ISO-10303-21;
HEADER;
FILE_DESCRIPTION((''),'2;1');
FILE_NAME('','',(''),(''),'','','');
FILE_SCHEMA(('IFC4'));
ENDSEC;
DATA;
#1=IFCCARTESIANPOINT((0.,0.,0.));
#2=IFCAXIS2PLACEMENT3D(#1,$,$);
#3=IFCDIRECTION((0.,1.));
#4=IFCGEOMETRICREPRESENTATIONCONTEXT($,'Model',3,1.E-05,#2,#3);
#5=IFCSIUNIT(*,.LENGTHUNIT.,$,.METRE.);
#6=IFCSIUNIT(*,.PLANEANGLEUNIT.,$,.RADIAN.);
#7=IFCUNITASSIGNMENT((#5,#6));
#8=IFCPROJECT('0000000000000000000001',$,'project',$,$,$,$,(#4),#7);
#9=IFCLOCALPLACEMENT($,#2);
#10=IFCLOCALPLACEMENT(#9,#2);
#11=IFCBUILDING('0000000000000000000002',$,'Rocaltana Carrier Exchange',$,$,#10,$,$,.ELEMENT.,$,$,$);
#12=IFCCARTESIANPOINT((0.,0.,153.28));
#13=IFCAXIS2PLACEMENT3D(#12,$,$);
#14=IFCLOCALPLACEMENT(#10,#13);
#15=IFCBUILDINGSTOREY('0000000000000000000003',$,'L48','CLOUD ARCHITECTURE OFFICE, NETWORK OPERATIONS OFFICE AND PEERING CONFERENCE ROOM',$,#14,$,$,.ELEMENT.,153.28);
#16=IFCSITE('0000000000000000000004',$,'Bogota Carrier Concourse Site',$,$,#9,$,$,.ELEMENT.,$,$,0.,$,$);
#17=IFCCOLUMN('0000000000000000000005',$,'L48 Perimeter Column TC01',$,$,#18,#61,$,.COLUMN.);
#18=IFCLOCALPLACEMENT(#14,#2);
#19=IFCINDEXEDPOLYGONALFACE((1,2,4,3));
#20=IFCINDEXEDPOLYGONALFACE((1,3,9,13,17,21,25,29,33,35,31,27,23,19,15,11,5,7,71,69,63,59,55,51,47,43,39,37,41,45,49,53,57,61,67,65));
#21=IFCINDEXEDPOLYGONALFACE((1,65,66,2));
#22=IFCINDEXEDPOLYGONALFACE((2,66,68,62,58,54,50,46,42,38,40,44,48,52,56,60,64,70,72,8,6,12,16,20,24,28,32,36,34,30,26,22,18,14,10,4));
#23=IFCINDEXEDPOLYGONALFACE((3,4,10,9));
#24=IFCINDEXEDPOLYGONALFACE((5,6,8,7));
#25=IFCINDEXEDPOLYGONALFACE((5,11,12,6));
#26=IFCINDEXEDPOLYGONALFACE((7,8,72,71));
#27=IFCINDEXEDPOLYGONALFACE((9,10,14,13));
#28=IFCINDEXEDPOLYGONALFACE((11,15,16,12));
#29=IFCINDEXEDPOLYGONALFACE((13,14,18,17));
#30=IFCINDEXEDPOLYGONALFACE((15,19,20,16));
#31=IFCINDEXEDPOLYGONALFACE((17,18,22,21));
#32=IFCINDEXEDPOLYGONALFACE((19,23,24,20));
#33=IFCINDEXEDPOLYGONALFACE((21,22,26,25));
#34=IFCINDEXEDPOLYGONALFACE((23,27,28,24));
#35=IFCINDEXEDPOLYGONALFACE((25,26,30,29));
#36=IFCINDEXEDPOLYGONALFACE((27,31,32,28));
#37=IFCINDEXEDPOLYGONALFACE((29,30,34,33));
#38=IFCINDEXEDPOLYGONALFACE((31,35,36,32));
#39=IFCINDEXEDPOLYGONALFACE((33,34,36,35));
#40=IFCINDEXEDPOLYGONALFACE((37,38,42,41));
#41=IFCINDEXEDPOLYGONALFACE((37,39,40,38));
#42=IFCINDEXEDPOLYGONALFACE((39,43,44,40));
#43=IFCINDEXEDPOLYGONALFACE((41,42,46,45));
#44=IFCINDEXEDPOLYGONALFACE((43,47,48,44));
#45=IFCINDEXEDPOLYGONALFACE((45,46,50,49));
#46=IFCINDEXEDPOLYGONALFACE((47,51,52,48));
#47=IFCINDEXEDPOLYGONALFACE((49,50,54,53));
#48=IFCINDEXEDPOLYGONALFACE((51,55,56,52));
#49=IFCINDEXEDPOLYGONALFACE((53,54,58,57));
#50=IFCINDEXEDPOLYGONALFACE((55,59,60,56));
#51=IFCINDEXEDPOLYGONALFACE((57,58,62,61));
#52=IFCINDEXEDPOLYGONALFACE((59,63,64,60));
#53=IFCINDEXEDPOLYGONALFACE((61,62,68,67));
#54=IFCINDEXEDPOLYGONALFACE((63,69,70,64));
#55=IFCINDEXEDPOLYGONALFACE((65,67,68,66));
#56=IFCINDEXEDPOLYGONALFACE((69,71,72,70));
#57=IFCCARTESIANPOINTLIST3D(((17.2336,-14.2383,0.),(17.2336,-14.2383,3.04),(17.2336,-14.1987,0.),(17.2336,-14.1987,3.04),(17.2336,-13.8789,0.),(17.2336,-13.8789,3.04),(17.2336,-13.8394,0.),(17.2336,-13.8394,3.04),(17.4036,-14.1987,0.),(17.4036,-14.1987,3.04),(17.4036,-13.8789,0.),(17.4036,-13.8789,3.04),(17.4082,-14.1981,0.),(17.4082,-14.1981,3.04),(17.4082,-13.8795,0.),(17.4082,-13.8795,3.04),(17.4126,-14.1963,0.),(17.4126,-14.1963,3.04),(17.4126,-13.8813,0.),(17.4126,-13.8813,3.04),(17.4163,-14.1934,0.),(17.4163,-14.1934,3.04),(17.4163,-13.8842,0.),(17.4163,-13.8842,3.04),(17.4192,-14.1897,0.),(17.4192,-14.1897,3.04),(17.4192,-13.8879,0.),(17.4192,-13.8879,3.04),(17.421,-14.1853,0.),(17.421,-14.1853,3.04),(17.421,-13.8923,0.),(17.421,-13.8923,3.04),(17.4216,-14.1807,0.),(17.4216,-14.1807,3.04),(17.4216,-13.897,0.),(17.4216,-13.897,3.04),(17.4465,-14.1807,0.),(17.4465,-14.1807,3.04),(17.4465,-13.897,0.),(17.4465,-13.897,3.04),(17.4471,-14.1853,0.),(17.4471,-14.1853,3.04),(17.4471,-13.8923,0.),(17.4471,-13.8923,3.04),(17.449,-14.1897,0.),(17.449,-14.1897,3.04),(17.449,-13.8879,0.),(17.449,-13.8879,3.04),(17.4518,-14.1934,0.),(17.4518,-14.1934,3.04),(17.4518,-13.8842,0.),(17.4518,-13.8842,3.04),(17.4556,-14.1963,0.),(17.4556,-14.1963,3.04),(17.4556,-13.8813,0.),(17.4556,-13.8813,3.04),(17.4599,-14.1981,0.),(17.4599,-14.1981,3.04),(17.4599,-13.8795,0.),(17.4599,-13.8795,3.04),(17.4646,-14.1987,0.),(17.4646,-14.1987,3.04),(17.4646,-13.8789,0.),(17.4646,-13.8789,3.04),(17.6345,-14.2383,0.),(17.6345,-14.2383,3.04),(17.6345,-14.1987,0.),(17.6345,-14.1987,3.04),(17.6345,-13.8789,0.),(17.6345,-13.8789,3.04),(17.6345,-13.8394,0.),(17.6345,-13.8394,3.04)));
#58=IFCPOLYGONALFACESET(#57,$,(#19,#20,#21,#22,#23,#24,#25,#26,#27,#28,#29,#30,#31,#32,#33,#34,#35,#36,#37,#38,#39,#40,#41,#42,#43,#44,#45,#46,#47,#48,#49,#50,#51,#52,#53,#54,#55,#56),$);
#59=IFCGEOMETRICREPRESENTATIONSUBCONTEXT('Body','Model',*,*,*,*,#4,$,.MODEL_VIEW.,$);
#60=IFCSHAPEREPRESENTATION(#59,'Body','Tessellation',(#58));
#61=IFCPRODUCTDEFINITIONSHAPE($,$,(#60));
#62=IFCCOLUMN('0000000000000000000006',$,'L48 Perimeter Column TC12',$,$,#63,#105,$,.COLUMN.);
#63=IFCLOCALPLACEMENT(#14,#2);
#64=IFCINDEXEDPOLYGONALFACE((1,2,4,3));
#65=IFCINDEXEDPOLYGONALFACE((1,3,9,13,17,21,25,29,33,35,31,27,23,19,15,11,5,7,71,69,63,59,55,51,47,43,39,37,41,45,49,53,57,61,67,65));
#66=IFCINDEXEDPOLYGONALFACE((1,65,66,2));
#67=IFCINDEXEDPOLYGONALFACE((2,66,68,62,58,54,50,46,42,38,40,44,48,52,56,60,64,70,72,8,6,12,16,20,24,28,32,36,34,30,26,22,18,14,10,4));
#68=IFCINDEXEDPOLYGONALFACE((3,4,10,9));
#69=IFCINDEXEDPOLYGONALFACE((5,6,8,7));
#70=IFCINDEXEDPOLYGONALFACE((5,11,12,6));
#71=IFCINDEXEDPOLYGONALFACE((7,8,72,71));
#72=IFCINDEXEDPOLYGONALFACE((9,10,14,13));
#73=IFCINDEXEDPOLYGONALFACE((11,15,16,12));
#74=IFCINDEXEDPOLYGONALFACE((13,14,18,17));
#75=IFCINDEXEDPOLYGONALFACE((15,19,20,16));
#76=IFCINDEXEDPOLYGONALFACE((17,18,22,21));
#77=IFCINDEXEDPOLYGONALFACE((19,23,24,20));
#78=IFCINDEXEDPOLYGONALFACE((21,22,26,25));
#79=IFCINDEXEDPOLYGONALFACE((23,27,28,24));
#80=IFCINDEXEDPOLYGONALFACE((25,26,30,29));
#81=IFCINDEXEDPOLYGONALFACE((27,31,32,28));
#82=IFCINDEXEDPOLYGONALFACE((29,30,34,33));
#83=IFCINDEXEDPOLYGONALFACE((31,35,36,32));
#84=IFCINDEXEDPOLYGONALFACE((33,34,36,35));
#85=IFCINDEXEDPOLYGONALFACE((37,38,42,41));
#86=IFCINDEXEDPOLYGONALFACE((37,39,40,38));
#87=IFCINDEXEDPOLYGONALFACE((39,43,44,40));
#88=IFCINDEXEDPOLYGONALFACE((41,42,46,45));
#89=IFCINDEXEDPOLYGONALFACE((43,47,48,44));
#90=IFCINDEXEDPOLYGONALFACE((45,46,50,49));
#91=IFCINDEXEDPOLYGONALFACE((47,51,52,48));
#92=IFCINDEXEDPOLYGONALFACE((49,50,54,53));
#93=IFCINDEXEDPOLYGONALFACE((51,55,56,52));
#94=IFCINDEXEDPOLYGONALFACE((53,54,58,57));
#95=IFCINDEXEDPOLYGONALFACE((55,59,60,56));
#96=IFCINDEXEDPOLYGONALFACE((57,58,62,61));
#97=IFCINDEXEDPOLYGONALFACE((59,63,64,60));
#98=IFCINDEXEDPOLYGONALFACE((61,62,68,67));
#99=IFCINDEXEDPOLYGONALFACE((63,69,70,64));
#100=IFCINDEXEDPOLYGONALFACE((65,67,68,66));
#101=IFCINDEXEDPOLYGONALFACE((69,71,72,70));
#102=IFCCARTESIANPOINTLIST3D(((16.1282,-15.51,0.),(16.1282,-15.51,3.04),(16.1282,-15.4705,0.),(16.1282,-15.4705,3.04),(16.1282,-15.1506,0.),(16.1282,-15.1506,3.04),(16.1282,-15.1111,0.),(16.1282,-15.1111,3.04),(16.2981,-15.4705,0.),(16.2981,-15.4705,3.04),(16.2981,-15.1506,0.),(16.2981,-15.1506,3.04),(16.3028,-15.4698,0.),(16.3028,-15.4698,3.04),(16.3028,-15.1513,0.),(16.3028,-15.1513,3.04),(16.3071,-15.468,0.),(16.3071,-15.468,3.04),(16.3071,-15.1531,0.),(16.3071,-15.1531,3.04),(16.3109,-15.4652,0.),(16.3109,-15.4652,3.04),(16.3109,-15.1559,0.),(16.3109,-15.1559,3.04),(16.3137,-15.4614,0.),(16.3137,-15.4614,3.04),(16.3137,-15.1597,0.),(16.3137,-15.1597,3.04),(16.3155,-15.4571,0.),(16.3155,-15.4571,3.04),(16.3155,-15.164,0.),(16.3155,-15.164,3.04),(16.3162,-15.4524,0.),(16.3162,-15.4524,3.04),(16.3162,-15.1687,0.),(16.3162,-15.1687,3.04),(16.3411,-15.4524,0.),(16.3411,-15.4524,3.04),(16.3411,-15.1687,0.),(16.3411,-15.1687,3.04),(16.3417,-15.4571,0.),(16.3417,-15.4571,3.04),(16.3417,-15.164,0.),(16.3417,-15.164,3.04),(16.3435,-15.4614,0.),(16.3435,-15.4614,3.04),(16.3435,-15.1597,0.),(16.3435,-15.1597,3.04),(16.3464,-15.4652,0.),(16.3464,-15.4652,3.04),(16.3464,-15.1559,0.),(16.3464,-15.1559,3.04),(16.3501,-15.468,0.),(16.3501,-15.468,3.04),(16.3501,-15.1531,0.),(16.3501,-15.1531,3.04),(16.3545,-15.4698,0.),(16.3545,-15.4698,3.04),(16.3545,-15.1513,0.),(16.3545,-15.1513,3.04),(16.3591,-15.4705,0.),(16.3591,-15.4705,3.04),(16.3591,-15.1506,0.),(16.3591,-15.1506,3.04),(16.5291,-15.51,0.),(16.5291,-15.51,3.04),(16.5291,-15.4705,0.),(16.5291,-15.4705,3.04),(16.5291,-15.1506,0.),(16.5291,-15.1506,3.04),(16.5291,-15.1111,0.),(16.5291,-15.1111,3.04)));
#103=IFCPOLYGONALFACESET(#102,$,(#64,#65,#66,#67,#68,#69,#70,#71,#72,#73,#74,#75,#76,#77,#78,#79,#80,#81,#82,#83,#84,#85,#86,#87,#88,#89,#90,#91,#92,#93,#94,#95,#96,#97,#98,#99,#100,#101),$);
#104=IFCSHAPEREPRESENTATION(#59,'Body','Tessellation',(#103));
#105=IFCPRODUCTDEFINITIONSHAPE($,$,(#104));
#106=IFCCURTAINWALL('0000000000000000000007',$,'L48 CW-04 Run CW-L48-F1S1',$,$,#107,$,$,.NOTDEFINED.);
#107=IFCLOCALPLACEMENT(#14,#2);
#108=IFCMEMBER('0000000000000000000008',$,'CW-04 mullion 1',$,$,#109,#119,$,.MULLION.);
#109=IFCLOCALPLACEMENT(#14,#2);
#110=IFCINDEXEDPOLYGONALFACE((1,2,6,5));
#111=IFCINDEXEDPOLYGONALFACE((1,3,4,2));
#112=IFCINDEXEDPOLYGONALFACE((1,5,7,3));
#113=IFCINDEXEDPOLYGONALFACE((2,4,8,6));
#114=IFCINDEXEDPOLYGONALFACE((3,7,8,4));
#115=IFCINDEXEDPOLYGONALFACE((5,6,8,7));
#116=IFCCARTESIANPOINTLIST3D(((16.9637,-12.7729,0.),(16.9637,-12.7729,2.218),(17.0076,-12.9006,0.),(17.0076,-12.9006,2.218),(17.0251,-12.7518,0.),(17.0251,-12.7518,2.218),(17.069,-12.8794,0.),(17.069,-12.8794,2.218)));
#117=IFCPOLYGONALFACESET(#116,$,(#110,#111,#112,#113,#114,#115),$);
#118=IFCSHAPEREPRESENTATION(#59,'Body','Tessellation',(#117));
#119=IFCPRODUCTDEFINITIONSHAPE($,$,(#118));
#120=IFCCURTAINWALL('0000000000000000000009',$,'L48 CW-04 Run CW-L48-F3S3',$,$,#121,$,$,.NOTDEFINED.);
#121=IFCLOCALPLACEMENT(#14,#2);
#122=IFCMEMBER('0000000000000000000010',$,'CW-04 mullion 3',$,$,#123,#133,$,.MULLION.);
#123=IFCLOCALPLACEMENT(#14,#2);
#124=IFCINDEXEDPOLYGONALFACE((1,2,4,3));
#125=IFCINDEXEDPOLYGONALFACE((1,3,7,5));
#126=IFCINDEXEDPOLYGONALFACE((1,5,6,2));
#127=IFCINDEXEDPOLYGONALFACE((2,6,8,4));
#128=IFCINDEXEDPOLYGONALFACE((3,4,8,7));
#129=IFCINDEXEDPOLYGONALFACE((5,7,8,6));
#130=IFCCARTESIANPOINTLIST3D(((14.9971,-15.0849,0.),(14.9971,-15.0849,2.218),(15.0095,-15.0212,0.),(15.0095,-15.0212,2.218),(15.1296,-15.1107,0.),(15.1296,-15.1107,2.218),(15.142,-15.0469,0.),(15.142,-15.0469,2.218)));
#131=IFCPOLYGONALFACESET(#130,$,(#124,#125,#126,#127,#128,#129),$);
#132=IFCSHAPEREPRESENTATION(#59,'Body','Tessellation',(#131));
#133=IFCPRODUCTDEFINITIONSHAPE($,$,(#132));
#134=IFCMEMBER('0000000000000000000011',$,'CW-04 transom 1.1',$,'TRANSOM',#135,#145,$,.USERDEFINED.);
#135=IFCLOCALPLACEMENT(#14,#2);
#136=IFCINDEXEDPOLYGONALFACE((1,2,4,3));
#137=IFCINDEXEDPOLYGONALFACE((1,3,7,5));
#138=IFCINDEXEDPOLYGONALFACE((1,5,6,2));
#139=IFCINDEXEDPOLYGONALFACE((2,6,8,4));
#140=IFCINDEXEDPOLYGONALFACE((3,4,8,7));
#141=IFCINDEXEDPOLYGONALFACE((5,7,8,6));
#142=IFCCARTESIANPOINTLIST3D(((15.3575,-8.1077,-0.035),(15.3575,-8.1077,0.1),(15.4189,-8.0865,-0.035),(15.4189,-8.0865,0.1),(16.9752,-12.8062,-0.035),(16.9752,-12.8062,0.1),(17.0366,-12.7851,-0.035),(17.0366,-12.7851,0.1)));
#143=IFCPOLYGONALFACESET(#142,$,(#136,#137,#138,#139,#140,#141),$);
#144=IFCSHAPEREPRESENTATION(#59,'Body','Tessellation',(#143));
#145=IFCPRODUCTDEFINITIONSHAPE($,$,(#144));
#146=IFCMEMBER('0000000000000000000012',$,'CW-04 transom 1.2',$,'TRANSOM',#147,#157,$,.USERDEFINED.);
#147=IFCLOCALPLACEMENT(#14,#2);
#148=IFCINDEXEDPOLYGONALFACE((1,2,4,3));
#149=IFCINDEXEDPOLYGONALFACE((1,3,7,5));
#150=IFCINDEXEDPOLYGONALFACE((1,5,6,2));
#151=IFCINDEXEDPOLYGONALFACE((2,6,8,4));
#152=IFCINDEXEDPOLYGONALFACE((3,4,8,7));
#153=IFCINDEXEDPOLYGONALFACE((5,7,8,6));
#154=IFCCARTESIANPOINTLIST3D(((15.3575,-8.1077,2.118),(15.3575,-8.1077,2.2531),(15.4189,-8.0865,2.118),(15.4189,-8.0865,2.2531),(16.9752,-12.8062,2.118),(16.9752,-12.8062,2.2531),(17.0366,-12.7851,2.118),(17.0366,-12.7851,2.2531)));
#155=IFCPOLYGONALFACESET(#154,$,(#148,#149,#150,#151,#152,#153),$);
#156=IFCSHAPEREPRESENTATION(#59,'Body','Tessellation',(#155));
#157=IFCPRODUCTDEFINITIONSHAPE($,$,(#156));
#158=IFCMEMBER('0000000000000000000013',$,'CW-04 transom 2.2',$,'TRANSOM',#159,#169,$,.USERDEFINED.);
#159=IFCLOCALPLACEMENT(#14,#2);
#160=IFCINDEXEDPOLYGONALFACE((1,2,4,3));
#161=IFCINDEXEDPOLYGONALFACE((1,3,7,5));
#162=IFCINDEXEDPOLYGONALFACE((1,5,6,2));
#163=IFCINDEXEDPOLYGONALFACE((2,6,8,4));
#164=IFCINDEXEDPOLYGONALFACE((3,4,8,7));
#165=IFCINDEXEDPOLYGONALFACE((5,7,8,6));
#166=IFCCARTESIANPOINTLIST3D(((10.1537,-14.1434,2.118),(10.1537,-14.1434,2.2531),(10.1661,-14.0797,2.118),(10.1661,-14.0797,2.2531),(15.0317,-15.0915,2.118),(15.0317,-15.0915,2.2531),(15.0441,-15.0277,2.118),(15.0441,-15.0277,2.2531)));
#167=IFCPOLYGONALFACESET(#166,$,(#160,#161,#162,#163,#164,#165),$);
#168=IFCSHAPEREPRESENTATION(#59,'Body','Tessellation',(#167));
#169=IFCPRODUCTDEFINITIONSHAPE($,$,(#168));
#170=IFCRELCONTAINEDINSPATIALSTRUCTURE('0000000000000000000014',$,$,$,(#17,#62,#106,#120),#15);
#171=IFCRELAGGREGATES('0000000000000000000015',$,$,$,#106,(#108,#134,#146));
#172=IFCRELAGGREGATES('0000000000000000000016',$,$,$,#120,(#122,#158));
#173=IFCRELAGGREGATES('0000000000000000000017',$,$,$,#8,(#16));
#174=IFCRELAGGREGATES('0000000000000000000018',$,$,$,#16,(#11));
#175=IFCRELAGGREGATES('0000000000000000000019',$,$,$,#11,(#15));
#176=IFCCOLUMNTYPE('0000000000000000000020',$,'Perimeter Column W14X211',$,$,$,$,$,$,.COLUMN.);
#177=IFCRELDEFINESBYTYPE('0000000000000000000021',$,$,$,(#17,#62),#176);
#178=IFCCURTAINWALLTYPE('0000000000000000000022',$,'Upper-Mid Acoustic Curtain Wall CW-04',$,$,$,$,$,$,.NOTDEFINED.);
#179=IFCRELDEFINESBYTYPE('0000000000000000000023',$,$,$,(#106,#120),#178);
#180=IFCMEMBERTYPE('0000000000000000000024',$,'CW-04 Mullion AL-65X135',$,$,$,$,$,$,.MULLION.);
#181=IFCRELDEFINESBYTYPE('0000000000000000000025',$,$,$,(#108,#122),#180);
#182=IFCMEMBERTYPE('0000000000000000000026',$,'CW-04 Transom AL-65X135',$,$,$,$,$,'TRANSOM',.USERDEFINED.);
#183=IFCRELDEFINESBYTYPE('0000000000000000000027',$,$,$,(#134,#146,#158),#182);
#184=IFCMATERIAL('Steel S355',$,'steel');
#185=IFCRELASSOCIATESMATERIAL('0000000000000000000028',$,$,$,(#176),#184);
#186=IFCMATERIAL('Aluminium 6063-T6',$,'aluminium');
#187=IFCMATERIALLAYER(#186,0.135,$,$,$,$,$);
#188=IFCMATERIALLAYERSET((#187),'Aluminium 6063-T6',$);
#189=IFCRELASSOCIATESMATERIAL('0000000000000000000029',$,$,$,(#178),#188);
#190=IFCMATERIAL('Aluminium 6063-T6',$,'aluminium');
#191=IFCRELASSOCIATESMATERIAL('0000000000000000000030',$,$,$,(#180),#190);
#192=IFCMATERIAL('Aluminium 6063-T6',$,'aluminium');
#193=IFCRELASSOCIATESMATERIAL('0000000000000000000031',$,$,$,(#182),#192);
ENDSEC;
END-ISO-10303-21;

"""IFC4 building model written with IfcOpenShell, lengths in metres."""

from ifc_helpers import new_model, si_unit, direction, frame, origin, origin_2d, place, context, subcontext, project, spatial, rectangle, i_section, extrude, material, layer, layer_set, material_profile, profile_set, type_object, element, aggregate, save


model = new_model("IFC4")

# Units and contexts
model_context = context("Model", 3, precision=1e-05, world=origin(), true_north=direction((0.0, 1.0)))
body_context = subcontext(model_context, "Body", "Model", "MODEL_VIEW")
ifc_project = project(units=[si_unit("LENGTHUNIT", "METRE"), si_unit("PLANEANGLEUNIT", "RADIAN")], contexts=[model_context])

# Site, building, storey
site_placement = place(None, origin())
site = spatial("IfcSite", under=ifc_project, at=site_placement, Name="Bogota Carrier Concourse Site", CompositionType="ELEMENT", RefElevation=0.0)
building_placement = place(site_placement, origin())
building = spatial("IfcBuilding", under=site, at=building_placement, Name="Rocaltana Carrier Exchange", CompositionType="ELEMENT")
storey_placement = place(building_placement, frame((0.0, 0.0, 153.28)))
storey = spatial("IfcBuildingStorey", under=building, at=storey_placement, Name="L48", Description="CLOUD ARCHITECTURE OFFICE, NETWORK OPERATIONS OFFICE AND PEERING CONFERENCE ROOM", CompositionType="ELEMENT", Elevation=153.28)

# Columns
ifc_material_1 = material(Name="Steel S355", Category="steel")
ifc_material_profile_1 = material_profile(ifc_material_1, i_section(OverallWidth=0.4009, OverallDepth=0.3989, WebThickness=0.0249, FlangeThickness=0.0396, FilletRadius=0.0181, at=origin_2d()), Name="W14X211")
ifc_profile_set_1 = profile_set([ifc_material_profile_1], Name="Steel S355")
column_type = type_object("IfcColumnType", Name="Perimeter Column W14X211", PredefinedType="COLUMN", material=ifc_profile_set_1)
for number, where, z_axis, x_axis, name in (
    (1, (17.4341, -14.0388, 0.0), (0.0, 0.0, 1.0), (1.0, 0.0, 0.0), "L48 Perimeter Column TC01"),
    (2, (16.3286, -15.3105, 0.0), (0.0, 0.0, 1.0), (1.0, 0.0, 0.0), "L48 Perimeter Column TC12"),
):
    element("IfcColumn", number, at=place(storey_placement, frame(where, z_axis=z_axis, x_axis=x_axis)), inside=storey, type_object=column_type, Name=name, PredefinedType="COLUMN", context=body_context, shape_type="SweptSolid", body=[
        extrude(i_section(OverallWidth=0.4009, OverallDepth=0.3989, WebThickness=0.0249, FlangeThickness=0.0396, FilletRadius=0.0181, at=origin_2d()), origin(), (0.0, 0.0, 1.0), 3.04),
    ])

# Curtain walls, members
ifc_material_2 = material(Name="Aluminium 6063-T6", Category="aluminium")
ifc_layer_1 = layer(ifc_material_2, 0.135)
ifc_layer_set_1 = layer_set([ifc_layer_1], Name="Aluminium 6063-T6")
curtain_wall_type = type_object("IfcCurtainWallType", Name="Upper-Mid Acoustic Curtain Wall CW-04", PredefinedType="NOTDEFINED", material=ifc_layer_set_1)
curtain_wall_1_placement = place(storey_placement, origin())
curtain_wall_1 = element("IfcCurtainWall", 3, at=curtain_wall_1_placement, inside=storey, type_object=curtain_wall_type, Name="L48 CW-04 Run CW-L48-F1S1", PredefinedType="NOTDEFINED")
ifc_material_3 = material(Name="Aluminium 6063-T6", Category="aluminium")
ifc_material_profile_2 = material_profile(ifc_material_3, rectangle(XDim=0.0649, YDim=0.135, at=origin_2d()), Name="AL-65X135")
ifc_profile_set_2 = profile_set([ifc_material_profile_2], Name="Aluminium 6063-T6")
member_type_1 = type_object("IfcMemberType", Name="CW-04 Mullion AL-65X135", PredefinedType="MULLION", material=ifc_profile_set_2)
member_1_placement = place(storey_placement, frame((17.0164, -12.8262, 0.0), z_axis=(0.0, 0.0, 1.0), x_axis=(-0.945522, -0.325559, 0.0)))
member_1 = element("IfcMember", 4, at=member_1_placement, type_object=member_type_1, Name="CW-04 mullion 1", PredefinedType="MULLION", context=body_context, shape_type="SweptSolid", body=[
    extrude(rectangle(XDim=0.0649, YDim=0.135, at=origin_2d()), origin(), (0.0, 0.0, 1.0), 2.218),
])
curtain_wall_2_placement = place(storey_placement, origin())
curtain_wall_2 = element("IfcCurtainWall", 5, at=curtain_wall_2_placement, inside=storey, type_object=curtain_wall_type, Name="L48 CW-04 Run CW-L48-F3S3", PredefinedType="NOTDEFINED")
member_2_placement = place(storey_placement, frame((15.0696, -15.0659, 0.0), z_axis=(0.0, 0.0, 1.0), x_axis=(0.190805, 0.981628, 0.0)))
member_2 = element("IfcMember", 6, at=member_2_placement, type_object=member_type_1, Name="CW-04 mullion 3", PredefinedType="MULLION", context=body_context, shape_type="SweptSolid", body=[
    extrude(rectangle(XDim=0.0649, YDim=0.135, at=origin_2d()), origin(), (0.0, 0.0, 1.0), 2.218),
])

# Members
ifc_material_4 = material(Name="Aluminium 6063-T6", Category="aluminium")
ifc_material_profile_3 = material_profile(ifc_material_4, rectangle(XDim=0.0649, YDim=0.135, at=origin_2d()), Name="AL-65X135")
ifc_profile_set_3 = profile_set([ifc_material_profile_3], Name="Aluminium 6063-T6")
member_type_2 = type_object("IfcMemberType", Name="CW-04 Transom AL-65X135", ElementType="TRANSOM", PredefinedType="USERDEFINED", material=ifc_profile_set_3)
member_3_placement = place(storey_placement, frame((17.0059, -12.7957, 0.0325), z_axis=(-0.325542, 0.945527, 0.0), x_axis=(-0.945527, -0.325542, 0.0)))
member_3 = element("IfcMember", 7, at=member_3_placement, type_object=member_type_2, Name="CW-04 transom 1.1", ObjectType="TRANSOM", PredefinedType="USERDEFINED", context=body_context, shape_type="SweptSolid", body=[
    extrude(rectangle(XDim=0.0649, YDim=0.135, at=origin_2d()), origin(), (0.0, 0.0, 1.0), 4.9692),
])
member_4_placement = place(storey_placement, frame((17.0059, -12.7957, 2.1855), z_axis=(-0.325542, 0.945527, 0.0), x_axis=(-0.945527, -0.325542, 0.0)))
member_4 = element("IfcMember", 8, at=member_4_placement, type_object=member_type_2, Name="CW-04 transom 1.2", ObjectType="TRANSOM", PredefinedType="USERDEFINED", context=body_context, shape_type="SweptSolid", body=[
    extrude(rectangle(XDim=0.0649, YDim=0.135, at=origin_2d()), origin(), (0.0, 0.0, 1.0), 4.9692),
])
member_5_placement = place(storey_placement, frame((10.1599, -14.1116, 2.1855), z_axis=(0.981634, -0.190775, 0.0), x_axis=(0.190775, 0.981634, 0.0)))
member_5 = element("IfcMember", 9, at=member_5_placement, type_object=member_type_2, Name="CW-04 transom 2.2", ObjectType="TRANSOM", PredefinedType="USERDEFINED", context=body_context, shape_type="SweptSolid", body=[
    extrude(rectangle(XDim=0.0649, YDim=0.135, at=origin_2d()), origin(), (0.0, 0.0, 1.0), 4.9692),
])

aggregate(curtain_wall_1, [member_1, member_3, member_4])
aggregate(curtain_wall_2, [member_2, member_5])

save(model, "model.ifc")
